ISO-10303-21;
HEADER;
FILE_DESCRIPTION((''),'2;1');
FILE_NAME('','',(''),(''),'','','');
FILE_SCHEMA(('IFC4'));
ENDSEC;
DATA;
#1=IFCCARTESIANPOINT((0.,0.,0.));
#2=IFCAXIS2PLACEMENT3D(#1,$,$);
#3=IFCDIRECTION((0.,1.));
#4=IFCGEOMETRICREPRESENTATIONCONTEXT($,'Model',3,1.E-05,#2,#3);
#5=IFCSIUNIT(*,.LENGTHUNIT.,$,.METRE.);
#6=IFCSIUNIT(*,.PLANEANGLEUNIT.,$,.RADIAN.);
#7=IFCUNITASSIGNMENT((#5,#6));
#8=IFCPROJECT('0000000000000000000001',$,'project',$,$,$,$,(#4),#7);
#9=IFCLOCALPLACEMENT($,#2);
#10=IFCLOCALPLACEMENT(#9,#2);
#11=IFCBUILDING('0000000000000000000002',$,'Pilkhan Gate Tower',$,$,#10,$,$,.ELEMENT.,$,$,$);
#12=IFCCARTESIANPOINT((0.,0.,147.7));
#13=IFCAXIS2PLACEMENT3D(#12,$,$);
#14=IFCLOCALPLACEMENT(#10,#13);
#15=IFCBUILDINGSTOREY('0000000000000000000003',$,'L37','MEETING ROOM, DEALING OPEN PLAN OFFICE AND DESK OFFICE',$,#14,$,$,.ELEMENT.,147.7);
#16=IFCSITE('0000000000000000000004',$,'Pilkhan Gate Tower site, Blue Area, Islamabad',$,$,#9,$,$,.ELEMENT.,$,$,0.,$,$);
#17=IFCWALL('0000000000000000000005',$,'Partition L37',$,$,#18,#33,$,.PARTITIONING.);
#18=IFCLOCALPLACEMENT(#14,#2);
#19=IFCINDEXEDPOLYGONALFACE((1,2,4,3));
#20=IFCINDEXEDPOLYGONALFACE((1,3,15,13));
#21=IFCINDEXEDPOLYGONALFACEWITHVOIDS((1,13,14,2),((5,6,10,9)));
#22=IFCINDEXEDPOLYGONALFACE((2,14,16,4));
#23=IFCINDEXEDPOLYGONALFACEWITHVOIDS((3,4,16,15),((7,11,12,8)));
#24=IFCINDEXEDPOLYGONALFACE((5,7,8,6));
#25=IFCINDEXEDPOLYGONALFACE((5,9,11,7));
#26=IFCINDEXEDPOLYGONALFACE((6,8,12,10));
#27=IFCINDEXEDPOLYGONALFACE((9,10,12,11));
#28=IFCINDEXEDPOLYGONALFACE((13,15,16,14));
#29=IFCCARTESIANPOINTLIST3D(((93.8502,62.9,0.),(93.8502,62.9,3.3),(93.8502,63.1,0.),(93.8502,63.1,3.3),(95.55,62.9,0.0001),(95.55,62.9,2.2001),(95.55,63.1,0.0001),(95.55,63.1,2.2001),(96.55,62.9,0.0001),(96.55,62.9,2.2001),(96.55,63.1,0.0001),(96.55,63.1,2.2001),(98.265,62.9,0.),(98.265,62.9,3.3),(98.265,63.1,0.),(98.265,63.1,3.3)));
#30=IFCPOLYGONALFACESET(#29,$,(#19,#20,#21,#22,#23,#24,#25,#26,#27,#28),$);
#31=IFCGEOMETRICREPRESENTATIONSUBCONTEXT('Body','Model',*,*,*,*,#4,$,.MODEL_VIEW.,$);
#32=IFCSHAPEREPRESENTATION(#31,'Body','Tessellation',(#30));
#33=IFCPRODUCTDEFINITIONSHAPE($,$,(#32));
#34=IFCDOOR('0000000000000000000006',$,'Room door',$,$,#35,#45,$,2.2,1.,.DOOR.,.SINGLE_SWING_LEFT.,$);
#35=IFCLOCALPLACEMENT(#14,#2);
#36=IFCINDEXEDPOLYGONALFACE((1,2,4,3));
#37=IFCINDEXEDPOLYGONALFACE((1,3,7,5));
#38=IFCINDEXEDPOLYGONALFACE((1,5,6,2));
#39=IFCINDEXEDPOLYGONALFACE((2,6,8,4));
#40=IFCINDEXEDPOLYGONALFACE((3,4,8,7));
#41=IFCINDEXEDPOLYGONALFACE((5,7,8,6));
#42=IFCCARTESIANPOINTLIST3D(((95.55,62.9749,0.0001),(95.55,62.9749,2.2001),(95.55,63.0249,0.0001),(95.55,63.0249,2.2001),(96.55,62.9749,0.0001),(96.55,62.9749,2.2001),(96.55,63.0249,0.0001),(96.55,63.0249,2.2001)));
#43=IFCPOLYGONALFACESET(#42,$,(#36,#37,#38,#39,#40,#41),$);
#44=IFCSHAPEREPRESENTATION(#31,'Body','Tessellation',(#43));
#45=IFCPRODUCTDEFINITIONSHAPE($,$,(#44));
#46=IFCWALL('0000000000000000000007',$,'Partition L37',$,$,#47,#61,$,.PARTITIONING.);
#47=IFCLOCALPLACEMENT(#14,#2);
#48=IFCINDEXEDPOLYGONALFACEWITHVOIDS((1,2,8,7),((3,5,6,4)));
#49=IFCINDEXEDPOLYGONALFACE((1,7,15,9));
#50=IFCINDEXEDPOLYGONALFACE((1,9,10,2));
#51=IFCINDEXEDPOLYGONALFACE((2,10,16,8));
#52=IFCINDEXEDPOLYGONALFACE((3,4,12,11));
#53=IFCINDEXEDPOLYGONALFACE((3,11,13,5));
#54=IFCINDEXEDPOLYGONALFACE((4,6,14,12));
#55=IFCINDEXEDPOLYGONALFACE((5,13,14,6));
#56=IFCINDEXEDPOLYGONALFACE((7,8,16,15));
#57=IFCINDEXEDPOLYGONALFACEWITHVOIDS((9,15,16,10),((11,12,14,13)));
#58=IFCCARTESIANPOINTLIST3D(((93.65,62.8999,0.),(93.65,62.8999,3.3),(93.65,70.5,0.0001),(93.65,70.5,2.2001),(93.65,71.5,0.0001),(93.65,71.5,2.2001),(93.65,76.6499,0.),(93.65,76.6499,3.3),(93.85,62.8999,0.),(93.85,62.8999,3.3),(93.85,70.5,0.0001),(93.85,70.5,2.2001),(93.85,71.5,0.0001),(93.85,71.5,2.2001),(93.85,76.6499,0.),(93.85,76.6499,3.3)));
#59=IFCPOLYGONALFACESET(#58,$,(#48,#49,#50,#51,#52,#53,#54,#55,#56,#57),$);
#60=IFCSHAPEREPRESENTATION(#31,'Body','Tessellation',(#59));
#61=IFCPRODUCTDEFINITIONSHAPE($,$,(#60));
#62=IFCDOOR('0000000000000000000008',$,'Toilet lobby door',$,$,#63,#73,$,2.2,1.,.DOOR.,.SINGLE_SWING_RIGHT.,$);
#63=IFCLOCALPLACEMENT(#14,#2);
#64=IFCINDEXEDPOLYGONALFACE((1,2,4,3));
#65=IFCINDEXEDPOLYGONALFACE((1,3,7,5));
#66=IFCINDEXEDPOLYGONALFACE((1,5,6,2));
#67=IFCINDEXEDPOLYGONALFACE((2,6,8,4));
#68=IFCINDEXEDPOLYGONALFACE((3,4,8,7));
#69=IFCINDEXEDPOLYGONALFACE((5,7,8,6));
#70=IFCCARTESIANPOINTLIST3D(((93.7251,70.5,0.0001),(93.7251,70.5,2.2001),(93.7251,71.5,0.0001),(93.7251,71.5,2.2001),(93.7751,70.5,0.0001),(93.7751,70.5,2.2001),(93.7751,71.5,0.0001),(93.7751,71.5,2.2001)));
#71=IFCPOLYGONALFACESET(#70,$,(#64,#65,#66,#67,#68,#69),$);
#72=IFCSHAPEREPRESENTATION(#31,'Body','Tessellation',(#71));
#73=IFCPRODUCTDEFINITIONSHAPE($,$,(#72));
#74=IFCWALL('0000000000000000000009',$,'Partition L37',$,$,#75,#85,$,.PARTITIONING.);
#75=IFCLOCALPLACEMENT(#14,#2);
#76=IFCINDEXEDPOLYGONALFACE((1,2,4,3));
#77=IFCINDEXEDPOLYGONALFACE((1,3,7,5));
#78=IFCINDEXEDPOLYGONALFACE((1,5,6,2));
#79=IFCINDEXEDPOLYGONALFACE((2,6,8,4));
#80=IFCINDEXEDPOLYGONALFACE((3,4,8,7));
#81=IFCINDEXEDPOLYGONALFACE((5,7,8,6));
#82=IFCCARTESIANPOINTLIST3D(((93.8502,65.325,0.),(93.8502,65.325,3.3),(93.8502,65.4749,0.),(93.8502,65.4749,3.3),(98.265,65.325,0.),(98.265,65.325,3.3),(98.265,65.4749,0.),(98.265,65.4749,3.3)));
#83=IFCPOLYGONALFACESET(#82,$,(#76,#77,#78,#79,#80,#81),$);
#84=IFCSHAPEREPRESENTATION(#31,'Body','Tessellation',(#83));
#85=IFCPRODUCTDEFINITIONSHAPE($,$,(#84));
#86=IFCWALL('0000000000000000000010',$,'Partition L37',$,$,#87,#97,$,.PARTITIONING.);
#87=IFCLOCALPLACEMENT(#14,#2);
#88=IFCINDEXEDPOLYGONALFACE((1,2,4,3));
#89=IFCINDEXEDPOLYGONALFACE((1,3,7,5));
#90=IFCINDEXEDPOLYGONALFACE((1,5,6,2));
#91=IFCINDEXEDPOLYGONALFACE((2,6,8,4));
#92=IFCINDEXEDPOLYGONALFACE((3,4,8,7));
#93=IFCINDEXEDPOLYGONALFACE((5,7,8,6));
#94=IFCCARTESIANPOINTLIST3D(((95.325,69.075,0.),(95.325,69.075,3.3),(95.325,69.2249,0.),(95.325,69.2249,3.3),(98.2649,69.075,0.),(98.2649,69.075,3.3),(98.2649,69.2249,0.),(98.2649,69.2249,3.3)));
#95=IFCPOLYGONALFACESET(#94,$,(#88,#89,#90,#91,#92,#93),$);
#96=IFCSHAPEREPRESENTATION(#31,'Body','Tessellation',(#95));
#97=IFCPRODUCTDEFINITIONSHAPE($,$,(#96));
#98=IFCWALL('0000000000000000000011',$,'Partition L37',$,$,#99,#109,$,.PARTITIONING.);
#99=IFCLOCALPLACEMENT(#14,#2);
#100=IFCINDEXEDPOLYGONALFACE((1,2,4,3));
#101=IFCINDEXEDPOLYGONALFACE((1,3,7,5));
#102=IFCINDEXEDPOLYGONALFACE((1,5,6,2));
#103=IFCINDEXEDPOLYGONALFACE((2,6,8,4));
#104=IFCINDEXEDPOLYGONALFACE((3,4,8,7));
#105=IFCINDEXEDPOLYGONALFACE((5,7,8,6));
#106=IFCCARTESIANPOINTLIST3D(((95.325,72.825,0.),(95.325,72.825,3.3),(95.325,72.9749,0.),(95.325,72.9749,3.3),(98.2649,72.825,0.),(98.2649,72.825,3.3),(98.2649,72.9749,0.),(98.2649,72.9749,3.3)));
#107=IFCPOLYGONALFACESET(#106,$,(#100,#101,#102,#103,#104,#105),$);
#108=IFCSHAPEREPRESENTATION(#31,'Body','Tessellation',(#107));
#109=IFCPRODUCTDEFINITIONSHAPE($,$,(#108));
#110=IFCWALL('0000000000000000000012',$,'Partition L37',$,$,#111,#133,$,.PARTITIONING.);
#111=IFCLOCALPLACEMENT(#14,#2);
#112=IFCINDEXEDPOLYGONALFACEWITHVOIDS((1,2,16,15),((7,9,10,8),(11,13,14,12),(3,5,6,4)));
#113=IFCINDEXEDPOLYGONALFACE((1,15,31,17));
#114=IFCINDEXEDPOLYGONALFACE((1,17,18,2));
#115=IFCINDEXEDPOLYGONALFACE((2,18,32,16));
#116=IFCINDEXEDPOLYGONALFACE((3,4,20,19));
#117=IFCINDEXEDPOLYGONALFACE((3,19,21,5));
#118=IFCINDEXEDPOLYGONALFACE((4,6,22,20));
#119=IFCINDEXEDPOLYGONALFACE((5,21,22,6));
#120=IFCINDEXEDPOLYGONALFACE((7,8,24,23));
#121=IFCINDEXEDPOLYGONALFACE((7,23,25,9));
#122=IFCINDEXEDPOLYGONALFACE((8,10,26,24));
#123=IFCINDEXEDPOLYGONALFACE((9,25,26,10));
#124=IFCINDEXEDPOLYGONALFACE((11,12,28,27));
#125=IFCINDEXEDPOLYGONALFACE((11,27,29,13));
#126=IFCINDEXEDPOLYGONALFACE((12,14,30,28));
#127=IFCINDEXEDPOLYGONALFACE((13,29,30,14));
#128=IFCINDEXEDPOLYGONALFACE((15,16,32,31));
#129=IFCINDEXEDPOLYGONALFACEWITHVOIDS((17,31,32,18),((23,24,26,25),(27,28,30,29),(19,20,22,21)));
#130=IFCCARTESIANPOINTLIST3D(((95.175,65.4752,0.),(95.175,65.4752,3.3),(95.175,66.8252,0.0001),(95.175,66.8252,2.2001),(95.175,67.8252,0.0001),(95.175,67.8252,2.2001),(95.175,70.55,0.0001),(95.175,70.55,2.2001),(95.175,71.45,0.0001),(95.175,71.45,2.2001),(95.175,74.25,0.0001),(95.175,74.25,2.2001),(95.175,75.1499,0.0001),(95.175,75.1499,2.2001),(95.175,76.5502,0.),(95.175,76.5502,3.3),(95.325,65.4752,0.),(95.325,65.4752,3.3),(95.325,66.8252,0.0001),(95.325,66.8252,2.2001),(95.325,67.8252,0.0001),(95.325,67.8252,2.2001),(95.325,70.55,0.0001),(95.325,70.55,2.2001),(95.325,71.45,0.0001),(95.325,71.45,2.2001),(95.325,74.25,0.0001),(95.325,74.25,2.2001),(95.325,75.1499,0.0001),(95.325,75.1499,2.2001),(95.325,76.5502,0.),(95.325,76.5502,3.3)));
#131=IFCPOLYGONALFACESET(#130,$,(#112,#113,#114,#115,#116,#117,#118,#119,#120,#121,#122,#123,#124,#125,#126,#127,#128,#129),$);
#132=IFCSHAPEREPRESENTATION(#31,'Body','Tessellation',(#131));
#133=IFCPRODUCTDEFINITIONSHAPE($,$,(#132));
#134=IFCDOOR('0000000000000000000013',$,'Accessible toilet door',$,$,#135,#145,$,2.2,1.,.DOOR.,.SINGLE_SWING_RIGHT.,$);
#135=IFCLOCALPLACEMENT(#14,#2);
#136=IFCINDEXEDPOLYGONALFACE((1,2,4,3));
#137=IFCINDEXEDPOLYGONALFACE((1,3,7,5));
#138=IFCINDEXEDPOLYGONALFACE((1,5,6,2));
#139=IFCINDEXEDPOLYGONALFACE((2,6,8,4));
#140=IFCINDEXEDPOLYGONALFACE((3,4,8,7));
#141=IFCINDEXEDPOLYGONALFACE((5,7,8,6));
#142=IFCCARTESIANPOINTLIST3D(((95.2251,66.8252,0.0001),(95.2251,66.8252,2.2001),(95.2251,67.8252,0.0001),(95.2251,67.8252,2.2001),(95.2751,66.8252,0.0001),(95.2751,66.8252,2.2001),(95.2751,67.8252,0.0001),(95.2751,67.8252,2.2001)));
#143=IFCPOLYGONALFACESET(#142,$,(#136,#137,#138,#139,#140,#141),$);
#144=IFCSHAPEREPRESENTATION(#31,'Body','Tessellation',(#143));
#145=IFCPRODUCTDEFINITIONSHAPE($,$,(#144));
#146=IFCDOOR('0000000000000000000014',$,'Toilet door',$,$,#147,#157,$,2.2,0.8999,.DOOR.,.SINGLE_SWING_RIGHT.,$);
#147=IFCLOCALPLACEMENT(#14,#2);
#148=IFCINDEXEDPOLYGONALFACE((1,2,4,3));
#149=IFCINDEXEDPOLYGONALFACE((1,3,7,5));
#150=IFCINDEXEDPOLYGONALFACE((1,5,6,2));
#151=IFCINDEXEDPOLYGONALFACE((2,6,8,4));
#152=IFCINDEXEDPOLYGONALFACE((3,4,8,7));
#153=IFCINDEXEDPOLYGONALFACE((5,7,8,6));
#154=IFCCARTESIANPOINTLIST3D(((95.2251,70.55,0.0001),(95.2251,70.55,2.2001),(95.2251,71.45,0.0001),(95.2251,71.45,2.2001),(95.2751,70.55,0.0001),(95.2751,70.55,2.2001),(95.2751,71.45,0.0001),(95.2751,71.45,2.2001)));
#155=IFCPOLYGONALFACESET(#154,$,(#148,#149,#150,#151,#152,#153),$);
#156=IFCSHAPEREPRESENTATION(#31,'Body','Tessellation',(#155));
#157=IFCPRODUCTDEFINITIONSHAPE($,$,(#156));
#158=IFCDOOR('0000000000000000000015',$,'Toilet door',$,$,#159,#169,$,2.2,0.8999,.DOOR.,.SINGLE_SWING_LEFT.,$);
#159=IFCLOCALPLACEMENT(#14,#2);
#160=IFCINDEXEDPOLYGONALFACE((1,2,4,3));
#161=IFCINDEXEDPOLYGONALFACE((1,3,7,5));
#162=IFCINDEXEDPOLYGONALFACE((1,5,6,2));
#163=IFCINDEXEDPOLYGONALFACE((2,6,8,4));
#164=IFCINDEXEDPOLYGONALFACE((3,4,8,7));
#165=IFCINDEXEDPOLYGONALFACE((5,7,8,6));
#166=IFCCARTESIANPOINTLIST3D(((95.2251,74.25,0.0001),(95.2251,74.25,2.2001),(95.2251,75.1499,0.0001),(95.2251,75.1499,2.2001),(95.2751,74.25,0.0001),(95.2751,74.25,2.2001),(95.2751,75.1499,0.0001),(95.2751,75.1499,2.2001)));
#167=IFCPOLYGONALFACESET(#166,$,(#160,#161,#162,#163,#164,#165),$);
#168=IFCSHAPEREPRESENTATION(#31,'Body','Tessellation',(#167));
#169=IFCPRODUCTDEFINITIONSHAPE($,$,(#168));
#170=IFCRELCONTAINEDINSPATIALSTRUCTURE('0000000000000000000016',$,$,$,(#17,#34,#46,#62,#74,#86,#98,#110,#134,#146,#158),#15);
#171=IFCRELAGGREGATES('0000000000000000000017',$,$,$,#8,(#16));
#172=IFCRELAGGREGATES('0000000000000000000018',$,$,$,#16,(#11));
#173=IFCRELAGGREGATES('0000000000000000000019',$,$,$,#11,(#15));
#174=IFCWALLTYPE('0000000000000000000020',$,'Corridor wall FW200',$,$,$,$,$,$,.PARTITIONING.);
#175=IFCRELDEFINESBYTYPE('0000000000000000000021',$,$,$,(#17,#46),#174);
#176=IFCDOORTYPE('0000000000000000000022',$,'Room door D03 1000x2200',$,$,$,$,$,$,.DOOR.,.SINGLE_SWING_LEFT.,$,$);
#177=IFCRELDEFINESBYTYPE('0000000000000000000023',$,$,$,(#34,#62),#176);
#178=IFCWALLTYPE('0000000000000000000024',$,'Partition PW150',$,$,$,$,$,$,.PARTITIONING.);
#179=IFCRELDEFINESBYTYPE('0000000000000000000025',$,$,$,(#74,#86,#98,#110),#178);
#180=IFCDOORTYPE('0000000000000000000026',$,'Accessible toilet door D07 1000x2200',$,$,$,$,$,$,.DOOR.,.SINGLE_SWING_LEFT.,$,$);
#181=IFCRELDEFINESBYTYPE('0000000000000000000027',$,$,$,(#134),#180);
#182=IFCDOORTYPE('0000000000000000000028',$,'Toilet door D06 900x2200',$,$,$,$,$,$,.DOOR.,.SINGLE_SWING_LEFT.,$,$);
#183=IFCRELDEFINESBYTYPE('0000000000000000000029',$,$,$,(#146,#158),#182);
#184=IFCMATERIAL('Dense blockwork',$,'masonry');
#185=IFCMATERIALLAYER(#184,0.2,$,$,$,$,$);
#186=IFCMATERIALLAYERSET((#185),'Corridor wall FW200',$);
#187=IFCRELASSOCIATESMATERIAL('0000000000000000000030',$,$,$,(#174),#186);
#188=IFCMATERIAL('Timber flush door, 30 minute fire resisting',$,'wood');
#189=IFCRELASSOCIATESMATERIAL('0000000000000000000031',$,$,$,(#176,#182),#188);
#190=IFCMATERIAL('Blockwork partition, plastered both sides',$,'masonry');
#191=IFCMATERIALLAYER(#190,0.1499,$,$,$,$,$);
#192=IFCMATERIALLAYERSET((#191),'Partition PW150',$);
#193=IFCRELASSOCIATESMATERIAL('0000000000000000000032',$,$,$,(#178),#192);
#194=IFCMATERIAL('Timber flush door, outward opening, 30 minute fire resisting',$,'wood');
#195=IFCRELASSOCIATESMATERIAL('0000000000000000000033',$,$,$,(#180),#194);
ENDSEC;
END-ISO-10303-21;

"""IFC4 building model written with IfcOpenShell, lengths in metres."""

from ifc_helpers import new_model, si_unit, direction, frame, frame_2d, origin, place, context, subcontext, project, spatial, rectangle, extrude, material, layer, layer_set, type_object, element, fill, save


model = new_model("IFC4")

# Units and contexts
model_context = context("Model", 3, precision=1e-05, world=origin(), true_north=direction((0.0, 1.0)))
body_context = subcontext(model_context, "Body", "Model", "MODEL_VIEW")
ifc_project = project(units=[si_unit("LENGTHUNIT", "METRE"), si_unit("PLANEANGLEUNIT", "RADIAN")], contexts=[model_context])

# Site, building, storey
site_placement = place(None, origin())
site = spatial("IfcSite", under=ifc_project, at=site_placement, Name="Pilkhan Gate Tower site, Blue Area, Islamabad", CompositionType="ELEMENT", RefElevation=0.0)
building_placement = place(site_placement, origin())
building = spatial("IfcBuilding", under=site, at=building_placement, Name="Pilkhan Gate Tower", CompositionType="ELEMENT")
storey_placement = place(building_placement, frame((0.0, 0.0, 147.7)))
storey = spatial("IfcBuildingStorey", under=building, at=storey_placement, Name="L37", Description="MEETING ROOM, DEALING OPEN PLAN OFFICE AND DESK OFFICE", CompositionType="ELEMENT", Elevation=147.7)

# Walls, openings, doors
ifc_material_1 = material(Name="Dense blockwork", Category="masonry")
ifc_layer_1 = layer(ifc_material_1, 0.2)
ifc_layer_set_1 = layer_set([ifc_layer_1], Name="Corridor wall FW200")
wall_type_1 = type_object("IfcWallType", Name="Corridor wall FW200", PredefinedType="PARTITIONING", material=ifc_layer_set_1)
wall_1_placement = place(storey_placement, frame((93.8501, 63.0, 0.0), z_axis=(0.0, 0.0, 1.0), x_axis=(1.0, 0.0, 0.0)))
wall_1 = element("IfcWall", 1, at=wall_1_placement, inside=storey, type_object=wall_type_1, Name="Partition L37", PredefinedType="PARTITIONING", context=body_context, shape_type="SweptSolid", body=[
    extrude(rectangle(XDim=4.4148, YDim=0.2, at=frame_2d((2.2075, 0.0))), origin(), (0.0, 0.0, 1.0), 3.3),
])
opening_1_placement = place(wall_1_placement, frame((1.7, 0.0, 0.0)))
opening_1 = element("IfcOpeningElement", 2, at=opening_1_placement, cuts=wall_1, PredefinedType="OPENING", context=body_context, shape_type="SweptSolid", body=[
    extrude(rectangle(XDim=1.0, YDim=2.2, at=frame_2d((0.5, 1.1001))), frame((0.0, 0.1099, 0.0), z_axis=(0.0, -1.0, 0.0), x_axis=(1.0, 0.0, 0.0)), (0.0, 0.0, 1.0), 0.22),
])
ifc_material_2 = material(Name="Timber flush door, 30 minute fire resisting", Category="wood")
door_type_1 = type_object("IfcDoorType", Name="Room door D03 1000x2200", OperationType="SINGLE_SWING_LEFT", PredefinedType="DOOR", material=ifc_material_2)
door_1_placement = place(opening_1_placement, origin())
door_1 = element("IfcDoor", 3, at=door_1_placement, inside=storey, type_object=door_type_1, Name="Room door", OperationType="SINGLE_SWING_LEFT", OverallHeight=2.2, OverallWidth=1.0, PredefinedType="DOOR", context=body_context, shape_type="SweptSolid", body=[
    extrude(rectangle(XDim=1.0, YDim=2.2, at=frame_2d((0.5, 1.1001))), frame((0.0, 0.0249, 0.0), z_axis=(0.0, -1.0, 0.0), x_axis=(1.0, 0.0, 0.0)), (0.0, 0.0, 1.0), 0.05),
])
fill(opening_1, door_1)
wall_2_placement = place(storey_placement, frame((93.75, 62.8999, 0.0), z_axis=(0.0, 0.0, 1.0), x_axis=(0.0, 1.0, 0.0)))
wall_2 = element("IfcWall", 4, at=wall_2_placement, inside=storey, type_object=wall_type_1, Name="Partition L37", PredefinedType="PARTITIONING", context=body_context, shape_type="SweptSolid", body=[
    extrude(rectangle(XDim=13.75, YDim=0.2, at=frame_2d((6.875, 0.0))), origin(), (0.0, 0.0, 1.0), 3.3),
])
opening_2_placement = place(wall_2_placement, frame((7.6001, 0.0, 0.0)))
opening_2 = element("IfcOpeningElement", 5, at=opening_2_placement, cuts=wall_2, PredefinedType="OPENING", context=body_context, shape_type="SweptSolid", body=[
    extrude(rectangle(XDim=1.0, YDim=2.2, at=frame_2d((0.5, 1.1001))), frame((0.0, 0.1099, 0.0), z_axis=(0.0, -1.0, 0.0), x_axis=(1.0, 0.0, 0.0)), (0.0, 0.0, 1.0), 0.22),
])
door_2_placement = place(opening_2_placement, origin())
door_2 = element("IfcDoor", 6, at=door_2_placement, inside=storey, type_object=door_type_1, Name="Toilet lobby door", OperationType="SINGLE_SWING_RIGHT", OverallHeight=2.2, OverallWidth=1.0, PredefinedType="DOOR", context=body_context, shape_type="SweptSolid", body=[
    extrude(rectangle(XDim=1.0, YDim=2.2, at=frame_2d((0.5, 1.1001))), frame((0.0, 0.0249, 0.0), z_axis=(0.0, -1.0, 0.0), x_axis=(1.0, 0.0, 0.0)), (0.0, 0.0, 1.0), 0.05),
])
fill(opening_2, door_2)

# Walls
ifc_material_3 = material(Name="Blockwork partition, plastered both sides", Category="masonry")
ifc_layer_2 = layer(ifc_material_3, 0.1499)
ifc_layer_set_2 = layer_set([ifc_layer_2], Name="Partition PW150")
wall_type_2 = type_object("IfcWallType", Name="Partition PW150", PredefinedType="PARTITIONING", material=ifc_layer_set_2)
wall_3_placement = place(storey_placement, frame((93.8501, 65.3999, 0.0), z_axis=(0.0, 0.0, 1.0), x_axis=(1.0, 0.0, 0.0)))
element("IfcWall", 7, at=wall_3_placement, inside=storey, type_object=wall_type_2, Name="Partition L37", PredefinedType="PARTITIONING", context=body_context, shape_type="SweptSolid", body=[
    extrude(rectangle(XDim=4.4148, YDim=0.1499, at=frame_2d((2.2075, 0.0))), origin(), (0.0, 0.0, 1.0), 3.3),
])
for number, where, z_axis, x_axis, name in (
    (8, (95.325, 69.1499, 0.0), (0.0, 0.0, 1.0), (1.0, 0.0, 0.0), "Partition L37"),
    (9, (95.325, 72.8999, 0.0), (0.0, 0.0, 1.0), (1.0, 0.0, 0.0), "Partition L37"),
):
    element("IfcWall", number, at=place(storey_placement, frame(where, z_axis=z_axis, x_axis=x_axis)), inside=storey, type_object=wall_type_2, Name=name, PredefinedType="PARTITIONING", context=body_context, shape_type="SweptSolid", body=[
        extrude(rectangle(XDim=2.9399, YDim=0.1499, at=frame_2d((1.47, 0.0))), origin(), (0.0, 0.0, 1.0), 3.3),
    ])

# Wall, openings, doors
wall_4_placement = place(storey_placement, frame((95.25, 65.4751, 0.0), z_axis=(0.0, 0.0, 1.0), x_axis=(0.0, 1.0, 0.0)))
wall_4 = element("IfcWall", 10, at=wall_4_placement, inside=storey, type_object=wall_type_2, Name="Partition L37", PredefinedType="PARTITIONING", context=body_context, shape_type="SweptSolid", body=[
    extrude(rectangle(XDim=11.075, YDim=0.1499, at=frame_2d((5.5376, 0.0))), origin(), (0.0, 0.0, 1.0), 3.3),
])
opening_3_placement = place(wall_4_placement, frame((1.3501, 0.0, 0.0)))
opening_3 = element("IfcOpeningElement", 11, at=opening_3_placement, cuts=wall_4, PredefinedType="OPENING", context=body_context, shape_type="SweptSolid", body=[
    extrude(rectangle(XDim=1.0, YDim=2.2, at=frame_2d((0.5, 1.1001))), frame((0.0, 0.085, 0.0), z_axis=(0.0, -1.0, 0.0), x_axis=(1.0, 0.0, 0.0)), (0.0, 0.0, 1.0), 0.1699),
])
opening_4_placement = place(wall_4_placement, frame((5.075, 0.0, 0.0)))
opening_4 = element("IfcOpeningElement", 12, at=opening_4_placement, cuts=wall_4, PredefinedType="OPENING", context=body_context, shape_type="SweptSolid", body=[
    extrude(rectangle(XDim=0.8999, YDim=2.2, at=frame_2d((0.45, 1.1001))), frame((0.0, 0.085, 0.0), z_axis=(0.0, -1.0, 0.0), x_axis=(1.0, 0.0, 0.0)), (0.0, 0.0, 1.0), 0.1699),
])
opening_5_placement = place(wall_4_placement, frame((8.7749, 0.0, 0.0)))
opening_5 = element("IfcOpeningElement", 13, at=opening_5_placement, cuts=wall_4, PredefinedType="OPENING", context=body_context, shape_type="SweptSolid", body=[
    extrude(rectangle(XDim=0.8999, YDim=2.2, at=frame_2d((0.45, 1.1001))), frame((0.0, 0.085, 0.0), z_axis=(0.0, -1.0, 0.0), x_axis=(1.0, 0.0, 0.0)), (0.0, 0.0, 1.0), 0.1699),
])
ifc_material_4 = material(Name="Timber flush door, outward opening, 30 minute fire resisting", Category="wood")
door_type_2 = type_object("IfcDoorType", Name="Accessible toilet door D07 1000x2200", OperationType="SINGLE_SWING_LEFT", PredefinedType="DOOR", material=ifc_material_4)
door_3_placement = place(opening_3_placement, origin())
door_3 = element("IfcDoor", 14, at=door_3_placement, inside=storey, type_object=door_type_2, Name="Accessible toilet door", OperationType="SINGLE_SWING_RIGHT", OverallHeight=2.2, OverallWidth=1.0, PredefinedType="DOOR", context=body_context, shape_type="SweptSolid", body=[
    extrude(rectangle(XDim=1.0, YDim=2.2, at=frame_2d((0.5, 1.1001))), frame((0.0, 0.0249, 0.0), z_axis=(0.0, -1.0, 0.0), x_axis=(1.0, 0.0, 0.0)), (0.0, 0.0, 1.0), 0.05),
])
fill(opening_3, door_3)
door_type_3 = type_object("IfcDoorType", Name="Toilet door D06 900x2200", OperationType="SINGLE_SWING_LEFT", PredefinedType="DOOR", material=ifc_material_2)
door_4_placement = place(opening_4_placement, origin())
door_4 = element("IfcDoor", 15, at=door_4_placement, inside=storey, type_object=door_type_3, Name="Toilet door", OperationType="SINGLE_SWING_RIGHT", OverallHeight=2.2, OverallWidth=0.8999, PredefinedType="DOOR", context=body_context, shape_type="SweptSolid", body=[
    extrude(rectangle(XDim=0.8999, YDim=2.2, at=frame_2d((0.45, 1.1001))), frame((0.0, 0.0249, 0.0), z_axis=(0.0, -1.0, 0.0), x_axis=(1.0, 0.0, 0.0)), (0.0, 0.0, 1.0), 0.05),
])
fill(opening_4, door_4)
door_5_placement = place(opening_5_placement, origin())
door_5 = element("IfcDoor", 16, at=door_5_placement, inside=storey, type_object=door_type_3, Name="Toilet door", OperationType="SINGLE_SWING_LEFT", OverallHeight=2.2, OverallWidth=0.8999, PredefinedType="DOOR", context=body_context, shape_type="SweptSolid", body=[
    extrude(rectangle(XDim=0.8999, YDim=2.2, at=frame_2d((0.45, 1.1001))), frame((0.0, 0.0249, 0.0), z_axis=(0.0, -1.0, 0.0), x_axis=(1.0, 0.0, 0.0)), (0.0, 0.0, 1.0), 0.05),
])
fill(opening_5, door_5)

save(model, "model.ifc")
